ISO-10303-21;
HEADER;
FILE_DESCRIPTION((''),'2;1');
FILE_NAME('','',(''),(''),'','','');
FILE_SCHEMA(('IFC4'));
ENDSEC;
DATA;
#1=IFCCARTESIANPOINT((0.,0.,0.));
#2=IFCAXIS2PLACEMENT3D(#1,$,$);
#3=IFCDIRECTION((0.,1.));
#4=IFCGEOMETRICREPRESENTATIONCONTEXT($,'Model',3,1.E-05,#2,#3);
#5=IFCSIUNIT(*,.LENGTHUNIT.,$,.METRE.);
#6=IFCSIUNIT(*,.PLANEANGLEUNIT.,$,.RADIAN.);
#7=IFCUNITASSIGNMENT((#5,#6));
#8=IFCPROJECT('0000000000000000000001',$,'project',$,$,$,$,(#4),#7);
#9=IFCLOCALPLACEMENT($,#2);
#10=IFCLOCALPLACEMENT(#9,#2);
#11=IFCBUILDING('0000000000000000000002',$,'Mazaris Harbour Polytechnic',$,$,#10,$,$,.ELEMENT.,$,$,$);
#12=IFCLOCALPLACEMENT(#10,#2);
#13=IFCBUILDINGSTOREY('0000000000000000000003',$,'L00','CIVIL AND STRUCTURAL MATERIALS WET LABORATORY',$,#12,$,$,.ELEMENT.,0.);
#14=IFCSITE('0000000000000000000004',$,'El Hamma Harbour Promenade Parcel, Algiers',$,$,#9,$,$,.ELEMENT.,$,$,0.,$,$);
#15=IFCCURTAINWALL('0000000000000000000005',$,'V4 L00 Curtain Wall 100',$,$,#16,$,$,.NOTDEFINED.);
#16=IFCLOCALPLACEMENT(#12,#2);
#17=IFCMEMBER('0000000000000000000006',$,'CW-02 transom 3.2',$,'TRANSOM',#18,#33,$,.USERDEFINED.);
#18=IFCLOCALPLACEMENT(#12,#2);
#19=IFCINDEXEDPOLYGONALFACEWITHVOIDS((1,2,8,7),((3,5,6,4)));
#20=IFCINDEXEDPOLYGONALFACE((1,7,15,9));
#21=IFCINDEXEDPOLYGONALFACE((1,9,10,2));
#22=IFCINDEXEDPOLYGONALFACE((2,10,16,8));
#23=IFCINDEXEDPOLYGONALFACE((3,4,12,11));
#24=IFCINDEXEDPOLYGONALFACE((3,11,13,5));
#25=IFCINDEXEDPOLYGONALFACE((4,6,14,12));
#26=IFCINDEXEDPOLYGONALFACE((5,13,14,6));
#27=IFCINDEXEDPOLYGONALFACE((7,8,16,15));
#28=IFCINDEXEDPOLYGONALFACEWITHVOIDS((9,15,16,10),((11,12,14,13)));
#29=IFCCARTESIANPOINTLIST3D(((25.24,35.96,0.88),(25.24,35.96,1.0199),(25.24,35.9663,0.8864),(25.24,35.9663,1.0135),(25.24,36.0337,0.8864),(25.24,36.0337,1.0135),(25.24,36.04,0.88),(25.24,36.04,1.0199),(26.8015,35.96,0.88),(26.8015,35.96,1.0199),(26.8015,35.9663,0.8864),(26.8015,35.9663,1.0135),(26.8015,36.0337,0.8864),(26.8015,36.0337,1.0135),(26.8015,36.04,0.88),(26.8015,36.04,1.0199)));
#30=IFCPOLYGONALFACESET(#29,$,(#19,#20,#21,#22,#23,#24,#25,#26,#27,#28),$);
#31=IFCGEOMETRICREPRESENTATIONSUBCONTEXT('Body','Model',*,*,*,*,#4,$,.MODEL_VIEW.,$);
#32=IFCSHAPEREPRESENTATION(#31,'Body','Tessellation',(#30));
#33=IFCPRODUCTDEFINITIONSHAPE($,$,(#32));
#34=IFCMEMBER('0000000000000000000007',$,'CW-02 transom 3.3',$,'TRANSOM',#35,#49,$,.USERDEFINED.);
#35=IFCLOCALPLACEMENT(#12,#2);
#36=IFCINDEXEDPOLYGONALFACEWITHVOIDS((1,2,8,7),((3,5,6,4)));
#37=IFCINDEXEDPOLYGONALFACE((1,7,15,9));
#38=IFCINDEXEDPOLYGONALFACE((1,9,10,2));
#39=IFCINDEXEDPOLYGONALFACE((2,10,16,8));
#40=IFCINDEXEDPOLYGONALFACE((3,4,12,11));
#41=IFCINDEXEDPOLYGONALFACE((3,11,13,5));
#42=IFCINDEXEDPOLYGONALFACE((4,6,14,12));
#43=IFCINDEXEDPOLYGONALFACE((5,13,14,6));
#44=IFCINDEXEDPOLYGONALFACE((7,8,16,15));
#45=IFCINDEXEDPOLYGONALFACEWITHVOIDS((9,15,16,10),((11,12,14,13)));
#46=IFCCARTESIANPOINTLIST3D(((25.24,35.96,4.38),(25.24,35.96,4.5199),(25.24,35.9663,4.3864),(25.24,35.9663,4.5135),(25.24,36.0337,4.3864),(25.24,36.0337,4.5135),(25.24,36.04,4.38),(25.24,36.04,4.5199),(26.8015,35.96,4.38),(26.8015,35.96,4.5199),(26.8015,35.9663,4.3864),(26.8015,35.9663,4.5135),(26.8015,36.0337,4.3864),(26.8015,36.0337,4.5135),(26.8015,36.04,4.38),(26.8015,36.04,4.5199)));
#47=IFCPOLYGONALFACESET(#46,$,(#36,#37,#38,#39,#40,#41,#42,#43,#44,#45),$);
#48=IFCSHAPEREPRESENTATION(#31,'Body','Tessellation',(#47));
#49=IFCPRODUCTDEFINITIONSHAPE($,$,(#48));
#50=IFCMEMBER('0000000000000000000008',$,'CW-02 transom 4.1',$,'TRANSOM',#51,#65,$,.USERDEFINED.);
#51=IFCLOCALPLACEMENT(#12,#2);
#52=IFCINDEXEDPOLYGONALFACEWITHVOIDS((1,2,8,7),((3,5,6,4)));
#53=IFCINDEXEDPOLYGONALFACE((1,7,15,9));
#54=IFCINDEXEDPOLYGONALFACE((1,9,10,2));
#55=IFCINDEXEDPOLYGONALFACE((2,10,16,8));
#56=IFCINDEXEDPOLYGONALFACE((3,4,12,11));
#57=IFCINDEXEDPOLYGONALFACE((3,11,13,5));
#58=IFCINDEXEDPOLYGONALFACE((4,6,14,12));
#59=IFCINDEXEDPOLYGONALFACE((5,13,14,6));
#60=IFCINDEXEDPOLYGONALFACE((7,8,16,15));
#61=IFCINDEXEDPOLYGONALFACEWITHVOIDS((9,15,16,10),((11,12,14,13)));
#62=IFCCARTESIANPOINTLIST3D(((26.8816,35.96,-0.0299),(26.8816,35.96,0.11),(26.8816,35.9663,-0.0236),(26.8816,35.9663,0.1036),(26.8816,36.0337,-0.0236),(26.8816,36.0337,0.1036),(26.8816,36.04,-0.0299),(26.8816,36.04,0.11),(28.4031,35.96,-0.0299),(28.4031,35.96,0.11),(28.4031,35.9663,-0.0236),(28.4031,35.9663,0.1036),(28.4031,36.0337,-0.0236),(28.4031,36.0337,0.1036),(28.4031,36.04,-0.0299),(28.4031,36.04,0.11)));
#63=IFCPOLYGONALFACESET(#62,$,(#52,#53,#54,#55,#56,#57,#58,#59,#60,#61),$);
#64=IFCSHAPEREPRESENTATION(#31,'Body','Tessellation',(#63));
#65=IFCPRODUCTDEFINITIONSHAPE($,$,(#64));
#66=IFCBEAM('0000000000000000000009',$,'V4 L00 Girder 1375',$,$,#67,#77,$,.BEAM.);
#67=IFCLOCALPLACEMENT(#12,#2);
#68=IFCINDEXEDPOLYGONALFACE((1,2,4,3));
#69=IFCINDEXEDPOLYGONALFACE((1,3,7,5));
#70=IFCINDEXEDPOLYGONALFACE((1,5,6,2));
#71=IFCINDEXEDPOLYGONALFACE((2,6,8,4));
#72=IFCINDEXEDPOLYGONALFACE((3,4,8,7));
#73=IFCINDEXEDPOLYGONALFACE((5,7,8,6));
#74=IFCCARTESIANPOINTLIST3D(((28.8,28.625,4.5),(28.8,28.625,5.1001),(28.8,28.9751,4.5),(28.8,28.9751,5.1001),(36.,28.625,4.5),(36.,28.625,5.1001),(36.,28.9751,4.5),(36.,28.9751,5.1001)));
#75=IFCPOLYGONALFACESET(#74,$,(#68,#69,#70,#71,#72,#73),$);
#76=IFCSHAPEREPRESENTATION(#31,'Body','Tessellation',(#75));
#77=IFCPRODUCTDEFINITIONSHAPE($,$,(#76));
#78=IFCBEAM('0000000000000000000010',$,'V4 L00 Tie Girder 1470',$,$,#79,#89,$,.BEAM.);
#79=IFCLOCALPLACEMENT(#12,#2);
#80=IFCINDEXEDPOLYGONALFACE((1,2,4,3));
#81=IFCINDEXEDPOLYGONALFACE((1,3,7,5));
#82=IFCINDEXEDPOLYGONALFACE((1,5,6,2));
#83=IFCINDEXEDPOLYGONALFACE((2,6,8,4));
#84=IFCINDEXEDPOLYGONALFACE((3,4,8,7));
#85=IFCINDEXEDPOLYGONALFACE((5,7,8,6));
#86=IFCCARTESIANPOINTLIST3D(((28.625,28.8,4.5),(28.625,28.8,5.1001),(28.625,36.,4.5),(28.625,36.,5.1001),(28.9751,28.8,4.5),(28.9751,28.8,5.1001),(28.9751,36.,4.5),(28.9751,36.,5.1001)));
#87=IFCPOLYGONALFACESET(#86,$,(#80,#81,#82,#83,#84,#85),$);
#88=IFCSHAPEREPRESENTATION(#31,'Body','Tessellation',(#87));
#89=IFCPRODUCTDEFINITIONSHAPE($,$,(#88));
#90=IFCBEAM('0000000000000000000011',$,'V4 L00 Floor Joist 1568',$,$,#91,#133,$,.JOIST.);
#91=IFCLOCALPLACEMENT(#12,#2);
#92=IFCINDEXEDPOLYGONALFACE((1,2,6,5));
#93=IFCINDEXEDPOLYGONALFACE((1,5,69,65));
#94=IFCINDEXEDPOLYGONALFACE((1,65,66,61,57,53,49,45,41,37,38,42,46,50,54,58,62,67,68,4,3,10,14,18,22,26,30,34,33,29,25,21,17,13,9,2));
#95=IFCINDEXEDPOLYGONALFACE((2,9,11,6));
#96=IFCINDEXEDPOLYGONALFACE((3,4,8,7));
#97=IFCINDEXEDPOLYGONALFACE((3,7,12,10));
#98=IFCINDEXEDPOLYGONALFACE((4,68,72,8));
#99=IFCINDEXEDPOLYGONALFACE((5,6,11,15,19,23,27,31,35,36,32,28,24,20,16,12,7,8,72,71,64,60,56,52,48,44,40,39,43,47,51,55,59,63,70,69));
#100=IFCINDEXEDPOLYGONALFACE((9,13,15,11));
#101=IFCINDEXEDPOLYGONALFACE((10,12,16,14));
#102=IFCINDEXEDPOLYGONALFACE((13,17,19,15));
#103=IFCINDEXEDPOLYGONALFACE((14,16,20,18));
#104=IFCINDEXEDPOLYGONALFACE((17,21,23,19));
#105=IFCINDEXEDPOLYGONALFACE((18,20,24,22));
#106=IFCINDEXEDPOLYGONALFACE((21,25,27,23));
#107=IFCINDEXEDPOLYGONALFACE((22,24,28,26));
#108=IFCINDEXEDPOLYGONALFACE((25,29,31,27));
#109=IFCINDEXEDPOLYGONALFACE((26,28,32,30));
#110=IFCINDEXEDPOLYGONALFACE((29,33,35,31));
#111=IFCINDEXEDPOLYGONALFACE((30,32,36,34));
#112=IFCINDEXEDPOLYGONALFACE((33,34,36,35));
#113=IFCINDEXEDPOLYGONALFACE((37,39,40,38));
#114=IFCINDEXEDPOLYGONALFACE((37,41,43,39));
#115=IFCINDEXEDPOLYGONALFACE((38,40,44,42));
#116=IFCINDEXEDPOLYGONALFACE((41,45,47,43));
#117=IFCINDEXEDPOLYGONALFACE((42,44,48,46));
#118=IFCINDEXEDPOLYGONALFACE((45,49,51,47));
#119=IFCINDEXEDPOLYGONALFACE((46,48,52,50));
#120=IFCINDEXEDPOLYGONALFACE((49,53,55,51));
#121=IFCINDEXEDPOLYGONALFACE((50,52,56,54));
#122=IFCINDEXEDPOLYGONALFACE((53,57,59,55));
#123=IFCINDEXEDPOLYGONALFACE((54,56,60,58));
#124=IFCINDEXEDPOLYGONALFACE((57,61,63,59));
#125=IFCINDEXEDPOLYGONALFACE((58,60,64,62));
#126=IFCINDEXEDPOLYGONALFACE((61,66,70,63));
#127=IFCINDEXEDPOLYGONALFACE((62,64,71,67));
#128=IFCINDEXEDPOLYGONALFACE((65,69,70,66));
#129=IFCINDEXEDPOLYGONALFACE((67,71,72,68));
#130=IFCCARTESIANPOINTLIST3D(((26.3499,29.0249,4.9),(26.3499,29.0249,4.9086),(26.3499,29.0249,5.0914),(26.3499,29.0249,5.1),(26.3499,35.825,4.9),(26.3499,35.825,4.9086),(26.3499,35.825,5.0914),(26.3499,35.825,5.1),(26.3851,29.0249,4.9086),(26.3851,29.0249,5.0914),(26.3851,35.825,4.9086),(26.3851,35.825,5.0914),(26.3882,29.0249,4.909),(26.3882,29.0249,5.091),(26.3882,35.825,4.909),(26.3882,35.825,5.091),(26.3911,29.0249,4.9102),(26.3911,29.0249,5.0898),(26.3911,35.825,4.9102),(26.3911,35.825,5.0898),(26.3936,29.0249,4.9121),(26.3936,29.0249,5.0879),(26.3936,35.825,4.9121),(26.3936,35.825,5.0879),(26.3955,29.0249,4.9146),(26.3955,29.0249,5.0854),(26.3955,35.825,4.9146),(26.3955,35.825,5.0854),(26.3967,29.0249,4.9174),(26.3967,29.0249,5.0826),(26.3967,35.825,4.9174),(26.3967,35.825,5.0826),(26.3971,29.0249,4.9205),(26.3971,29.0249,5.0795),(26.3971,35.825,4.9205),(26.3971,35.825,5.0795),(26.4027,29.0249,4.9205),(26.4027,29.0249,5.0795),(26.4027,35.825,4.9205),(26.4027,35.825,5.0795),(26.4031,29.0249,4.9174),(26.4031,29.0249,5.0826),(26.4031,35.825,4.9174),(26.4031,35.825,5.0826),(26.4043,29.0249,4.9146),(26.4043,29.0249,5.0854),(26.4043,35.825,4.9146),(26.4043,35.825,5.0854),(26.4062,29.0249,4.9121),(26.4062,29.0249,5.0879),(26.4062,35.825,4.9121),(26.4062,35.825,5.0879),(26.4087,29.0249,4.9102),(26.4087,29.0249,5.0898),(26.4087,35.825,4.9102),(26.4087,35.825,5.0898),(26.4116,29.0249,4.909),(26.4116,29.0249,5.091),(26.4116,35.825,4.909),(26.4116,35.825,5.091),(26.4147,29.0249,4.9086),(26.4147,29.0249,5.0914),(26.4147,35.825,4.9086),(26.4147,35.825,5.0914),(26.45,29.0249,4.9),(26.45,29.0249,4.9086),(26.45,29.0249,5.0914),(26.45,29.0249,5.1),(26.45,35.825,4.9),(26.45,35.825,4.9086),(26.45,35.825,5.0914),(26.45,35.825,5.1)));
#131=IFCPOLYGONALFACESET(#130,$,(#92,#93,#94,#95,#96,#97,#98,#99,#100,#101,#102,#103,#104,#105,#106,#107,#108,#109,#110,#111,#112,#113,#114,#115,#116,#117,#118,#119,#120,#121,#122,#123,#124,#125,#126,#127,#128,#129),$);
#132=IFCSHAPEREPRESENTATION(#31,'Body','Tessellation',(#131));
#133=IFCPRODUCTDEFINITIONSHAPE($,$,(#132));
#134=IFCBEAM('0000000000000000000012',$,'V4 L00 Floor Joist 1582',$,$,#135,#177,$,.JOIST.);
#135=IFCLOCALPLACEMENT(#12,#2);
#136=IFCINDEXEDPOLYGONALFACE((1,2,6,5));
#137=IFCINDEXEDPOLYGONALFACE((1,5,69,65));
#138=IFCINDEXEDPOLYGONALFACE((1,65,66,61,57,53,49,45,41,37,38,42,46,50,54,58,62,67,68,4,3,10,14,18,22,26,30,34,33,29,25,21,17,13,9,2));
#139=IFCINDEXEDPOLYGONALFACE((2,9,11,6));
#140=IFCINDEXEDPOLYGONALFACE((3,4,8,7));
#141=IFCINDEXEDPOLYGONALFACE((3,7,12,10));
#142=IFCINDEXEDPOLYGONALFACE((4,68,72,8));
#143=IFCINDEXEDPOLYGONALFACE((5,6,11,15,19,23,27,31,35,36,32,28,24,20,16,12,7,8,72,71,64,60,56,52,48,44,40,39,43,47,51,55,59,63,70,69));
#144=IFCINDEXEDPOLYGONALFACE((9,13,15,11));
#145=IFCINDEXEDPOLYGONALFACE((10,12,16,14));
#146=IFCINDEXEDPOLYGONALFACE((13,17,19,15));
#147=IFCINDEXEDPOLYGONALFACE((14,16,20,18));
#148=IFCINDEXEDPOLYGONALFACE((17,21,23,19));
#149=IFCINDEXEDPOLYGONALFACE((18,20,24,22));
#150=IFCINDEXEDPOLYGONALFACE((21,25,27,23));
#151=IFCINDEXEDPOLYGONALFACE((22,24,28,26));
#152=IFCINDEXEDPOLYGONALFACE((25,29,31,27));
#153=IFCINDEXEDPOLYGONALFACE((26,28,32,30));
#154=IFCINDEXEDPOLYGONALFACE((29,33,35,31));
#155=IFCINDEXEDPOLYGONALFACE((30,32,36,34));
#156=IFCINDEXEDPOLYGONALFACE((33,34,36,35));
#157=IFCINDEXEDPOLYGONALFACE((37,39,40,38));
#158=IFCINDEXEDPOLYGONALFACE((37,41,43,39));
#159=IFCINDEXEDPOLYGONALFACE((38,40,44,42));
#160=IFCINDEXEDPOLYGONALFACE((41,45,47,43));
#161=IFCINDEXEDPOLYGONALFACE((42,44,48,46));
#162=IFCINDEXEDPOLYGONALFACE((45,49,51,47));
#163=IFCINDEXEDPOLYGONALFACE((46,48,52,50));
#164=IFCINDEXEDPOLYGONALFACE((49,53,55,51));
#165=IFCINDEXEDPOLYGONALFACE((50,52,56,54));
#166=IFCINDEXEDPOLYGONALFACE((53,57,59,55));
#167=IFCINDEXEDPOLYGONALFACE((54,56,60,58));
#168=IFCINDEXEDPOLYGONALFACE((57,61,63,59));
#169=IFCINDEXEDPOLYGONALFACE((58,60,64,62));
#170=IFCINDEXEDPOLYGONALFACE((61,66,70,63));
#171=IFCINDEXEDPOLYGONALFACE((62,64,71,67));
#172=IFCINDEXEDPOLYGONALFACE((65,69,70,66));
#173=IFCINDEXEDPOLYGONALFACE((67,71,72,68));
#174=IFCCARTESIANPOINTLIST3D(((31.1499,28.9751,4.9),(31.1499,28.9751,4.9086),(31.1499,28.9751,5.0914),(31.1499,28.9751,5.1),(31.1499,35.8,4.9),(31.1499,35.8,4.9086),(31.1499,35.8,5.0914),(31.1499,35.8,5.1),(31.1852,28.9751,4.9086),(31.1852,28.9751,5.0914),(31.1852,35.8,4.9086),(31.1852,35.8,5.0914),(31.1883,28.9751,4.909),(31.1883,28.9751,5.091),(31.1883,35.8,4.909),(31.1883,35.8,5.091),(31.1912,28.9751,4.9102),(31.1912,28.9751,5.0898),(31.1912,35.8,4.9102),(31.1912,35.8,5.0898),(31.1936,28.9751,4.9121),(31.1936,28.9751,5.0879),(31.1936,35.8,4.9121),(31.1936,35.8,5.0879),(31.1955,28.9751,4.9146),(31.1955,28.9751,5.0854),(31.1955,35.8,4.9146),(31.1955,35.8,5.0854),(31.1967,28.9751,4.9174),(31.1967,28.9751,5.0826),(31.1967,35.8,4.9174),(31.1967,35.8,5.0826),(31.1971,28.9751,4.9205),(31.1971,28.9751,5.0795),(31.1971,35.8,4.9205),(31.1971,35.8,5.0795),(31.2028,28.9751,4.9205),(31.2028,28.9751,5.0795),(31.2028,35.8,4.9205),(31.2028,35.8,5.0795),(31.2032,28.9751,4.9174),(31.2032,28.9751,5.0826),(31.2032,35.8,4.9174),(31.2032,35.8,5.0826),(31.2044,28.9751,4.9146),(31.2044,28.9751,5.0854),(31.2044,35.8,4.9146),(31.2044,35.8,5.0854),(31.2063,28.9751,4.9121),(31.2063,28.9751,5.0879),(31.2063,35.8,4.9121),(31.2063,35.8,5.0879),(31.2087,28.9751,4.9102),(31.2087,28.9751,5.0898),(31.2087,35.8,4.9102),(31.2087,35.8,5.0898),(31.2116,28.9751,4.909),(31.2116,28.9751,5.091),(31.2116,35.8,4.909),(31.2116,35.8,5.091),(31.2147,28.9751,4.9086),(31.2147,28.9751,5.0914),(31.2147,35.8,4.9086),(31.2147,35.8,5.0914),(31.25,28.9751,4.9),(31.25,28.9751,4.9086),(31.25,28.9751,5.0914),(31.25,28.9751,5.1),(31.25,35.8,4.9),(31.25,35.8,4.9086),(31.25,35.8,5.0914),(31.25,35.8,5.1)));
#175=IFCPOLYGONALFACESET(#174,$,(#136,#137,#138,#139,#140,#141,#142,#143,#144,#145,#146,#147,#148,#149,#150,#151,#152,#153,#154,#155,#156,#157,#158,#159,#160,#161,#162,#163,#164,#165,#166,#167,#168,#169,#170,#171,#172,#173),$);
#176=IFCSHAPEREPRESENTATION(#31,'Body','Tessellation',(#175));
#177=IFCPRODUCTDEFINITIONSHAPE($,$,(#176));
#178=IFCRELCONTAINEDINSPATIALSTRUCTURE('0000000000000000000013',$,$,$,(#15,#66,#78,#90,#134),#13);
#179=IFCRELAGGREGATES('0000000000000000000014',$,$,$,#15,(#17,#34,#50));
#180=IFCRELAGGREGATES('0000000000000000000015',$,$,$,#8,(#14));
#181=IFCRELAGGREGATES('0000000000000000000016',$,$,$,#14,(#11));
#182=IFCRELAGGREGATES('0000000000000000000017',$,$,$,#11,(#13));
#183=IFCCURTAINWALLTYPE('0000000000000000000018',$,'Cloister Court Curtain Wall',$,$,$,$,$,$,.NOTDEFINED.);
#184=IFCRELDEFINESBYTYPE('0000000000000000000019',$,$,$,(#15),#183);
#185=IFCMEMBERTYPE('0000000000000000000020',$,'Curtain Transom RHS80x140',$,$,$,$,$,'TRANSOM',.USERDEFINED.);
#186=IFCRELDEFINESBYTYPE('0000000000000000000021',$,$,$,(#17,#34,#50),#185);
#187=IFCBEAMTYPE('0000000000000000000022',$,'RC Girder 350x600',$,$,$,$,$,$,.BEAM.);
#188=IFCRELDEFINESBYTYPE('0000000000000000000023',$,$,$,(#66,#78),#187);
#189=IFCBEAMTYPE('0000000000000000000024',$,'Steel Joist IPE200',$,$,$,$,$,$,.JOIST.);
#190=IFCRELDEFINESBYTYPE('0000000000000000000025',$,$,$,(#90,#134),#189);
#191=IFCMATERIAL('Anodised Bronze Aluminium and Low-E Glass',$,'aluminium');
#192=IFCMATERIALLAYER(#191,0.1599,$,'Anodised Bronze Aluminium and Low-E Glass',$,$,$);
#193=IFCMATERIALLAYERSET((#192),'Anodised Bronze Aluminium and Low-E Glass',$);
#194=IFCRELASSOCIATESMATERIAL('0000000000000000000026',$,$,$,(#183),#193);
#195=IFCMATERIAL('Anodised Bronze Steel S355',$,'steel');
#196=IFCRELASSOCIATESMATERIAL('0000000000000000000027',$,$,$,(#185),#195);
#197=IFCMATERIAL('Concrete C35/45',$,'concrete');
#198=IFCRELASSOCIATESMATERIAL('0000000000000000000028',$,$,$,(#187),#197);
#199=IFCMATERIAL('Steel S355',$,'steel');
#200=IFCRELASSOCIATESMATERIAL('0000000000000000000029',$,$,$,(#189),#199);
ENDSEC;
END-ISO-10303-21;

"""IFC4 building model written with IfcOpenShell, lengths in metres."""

from ifc_helpers import new_model, si_unit, direction, frame, origin, origin_2d, place, context, subcontext, project, spatial, rectangle, hollow_rectangle, i_section, extrude, material, layer, layer_set, material_profile, profile_set, type_object, element, aggregate, save


model = new_model("IFC4")

# Units and contexts
model_context = context("Model", 3, precision=1e-05, world=origin(), true_north=direction((0.0, 1.0)))
body_context = subcontext(model_context, "Body", "Model", "MODEL_VIEW")
ifc_project = project(units=[si_unit("LENGTHUNIT", "METRE"), si_unit("PLANEANGLEUNIT", "RADIAN")], contexts=[model_context])

# Site, building, storey
site_placement = place(None, origin())
site = spatial("IfcSite", under=ifc_project, at=site_placement, Name="El Hamma Harbour Promenade Parcel, Algiers", CompositionType="ELEMENT", RefElevation=0.0)
building_placement = place(site_placement, origin())
building = spatial("IfcBuilding", under=site, at=building_placement, Name="Mazaris Harbour Polytechnic", CompositionType="ELEMENT")
storey_placement = place(building_placement, origin())
storey = spatial("IfcBuildingStorey", under=building, at=storey_placement, Name="L00", Description="CIVIL AND STRUCTURAL MATERIALS WET LABORATORY", CompositionType="ELEMENT", Elevation=0.0)

# Curtain wall, members
ifc_material_1 = material(Name="Anodised Bronze Aluminium and Low-E Glass", Category="aluminium")
ifc_layer_1 = layer(ifc_material_1, 0.1599, Name="Anodised Bronze Aluminium and Low-E Glass")
ifc_layer_set_1 = layer_set([ifc_layer_1], Name="Anodised Bronze Aluminium and Low-E Glass")
curtain_wall_type = type_object("IfcCurtainWallType", Name="Cloister Court Curtain Wall", PredefinedType="NOTDEFINED", material=ifc_layer_set_1)
curtain_wall_placement = place(storey_placement, origin())
curtain_wall = element("IfcCurtainWall", 1, at=curtain_wall_placement, inside=storey, type_object=curtain_wall_type, Name="V4 L00 Curtain Wall 100", PredefinedType="NOTDEFINED")
ifc_material_2 = material(Name="Anodised Bronze Steel S355", Category="steel")
ifc_material_profile_1 = material_profile(ifc_material_2, hollow_rectangle(XDim=0.0801, YDim=0.1399, WallThickness=0.0063, at=origin_2d()), Name="RHS 80x140x6.3")
ifc_profile_set_1 = profile_set([ifc_material_profile_1], Name="Anodised Bronze Steel S355")
member_type_1 = type_object("IfcMemberType", Name="Curtain Transom RHS80x140", ElementType="TRANSOM", PredefinedType="USERDEFINED", material=ifc_profile_set_1)
member_1_placement = place(storey_placement, frame((25.24, 36.0, 0.95), z_axis=(1.0, 0.0, 0.0), x_axis=(0.0, 1.0, 0.0)))
member_1 = element("IfcMember", 2, at=member_1_placement, type_object=member_type_1, Name="CW-02 transom 3.2", ObjectType="TRANSOM", PredefinedType="USERDEFINED", context=body_context, shape_type="SweptSolid", body=[
    extrude(hollow_rectangle(XDim=0.0801, YDim=0.1399, WallThickness=0.0063, at=origin_2d()), origin(), (0.0, 0.0, 1.0), 1.5615),
])
member_2_placement = place(storey_placement, frame((25.24, 36.0, 4.45), z_axis=(1.0, 0.0, 0.0), x_axis=(0.0, 1.0, 0.0)))
member_2 = element("IfcMember", 3, at=member_2_placement, type_object=member_type_1, Name="CW-02 transom 3.3", ObjectType="TRANSOM", PredefinedType="USERDEFINED", context=body_context, shape_type="SweptSolid", body=[
    extrude(hollow_rectangle(XDim=0.0801, YDim=0.1399, WallThickness=0.0063, at=origin_2d()), origin(), (0.0, 0.0, 1.0), 1.5615),
])
member_3_placement = place(storey_placement, frame((26.8816, 36.0, 0.04), z_axis=(1.0, 0.0, 0.0), x_axis=(0.0, 1.0, 0.0)))
member_3 = element("IfcMember", 4, at=member_3_placement, type_object=member_type_1, Name="CW-02 transom 4.1", ObjectType="TRANSOM", PredefinedType="USERDEFINED", context=body_context, shape_type="SweptSolid", body=[
    extrude(hollow_rectangle(XDim=0.0801, YDim=0.1399, WallThickness=0.0063, at=origin_2d()), origin(), (0.0, 0.0, 1.0), 1.5215),
])

# Beams
ifc_material_3 = material(Name="Concrete C35/45", Category="concrete")
ifc_material_profile_2 = material_profile(ifc_material_3, rectangle(XDim=0.3501, YDim=0.6001, at=origin_2d()), Name="RECT350x600")
ifc_profile_set_2 = profile_set([ifc_material_profile_2], Name="Concrete C35/45")
beam_type_1 = type_object("IfcBeamType", Name="RC Girder 350x600", PredefinedType="BEAM", material=ifc_profile_set_2)
for number, where, z_axis, x_axis, name in (
    (5, (28.8, 28.8, 4.8), (1.0, 0.0, 0.0), (0.0, 1.0, 0.0), "V4 L00 Girder 1375"),
    (6, (28.8, 28.8, 4.8), (0.0, 1.0, 0.0), (-1.0, 0.0, 0.0), "V4 L00 Tie Girder 1470"),
):
    element("IfcBeam", number, at=place(storey_placement, frame(where, z_axis=z_axis, x_axis=x_axis)), inside=storey, type_object=beam_type_1, Name=name, PredefinedType="BEAM", context=body_context, shape_type="SweptSolid", body=[
        extrude(rectangle(XDim=0.3501, YDim=0.6001, at=origin_2d()), origin(), (0.0, 0.0, 1.0), 7.2),
    ])
ifc_material_4 = material(Name="Steel S355", Category="steel")
ifc_material_profile_3 = material_profile(ifc_material_4, i_section(OverallWidth=0.1001, OverallDepth=0.2, WebThickness=0.0056, FlangeThickness=0.0085, FilletRadius=0.012, at=origin_2d()), Name="IPE 200")
ifc_profile_set_3 = profile_set([ifc_material_profile_3], Name="Steel S355")
beam_type_2 = type_object("IfcBeamType", Name="Steel Joist IPE200", PredefinedType="JOIST", material=ifc_profile_set_3)
beam_1_placement = place(storey_placement, frame((26.3999, 29.0249, 5.0), z_axis=(0.0, 1.0, 0.0), x_axis=(-1.0, 0.0, 0.0)))
element("IfcBeam", 7, at=beam_1_placement, inside=storey, type_object=beam_type_2, Name="V4 L00 Floor Joist 1568", PredefinedType="JOIST", context=body_context, shape_type="SweptSolid", body=[
    extrude(i_section(OverallWidth=0.1001, OverallDepth=0.2, WebThickness=0.0056, FlangeThickness=0.0085, FilletRadius=0.012, at=origin_2d()), origin(), (0.0, 0.0, 1.0), 6.8),
])
beam_2_placement = place(storey_placement, frame((31.2, 28.9751, 5.0), z_axis=(0.0, 1.0, 0.0), x_axis=(-1.0, 0.0, 0.0)))
element("IfcBeam", 8, at=beam_2_placement, inside=storey, type_object=beam_type_2, Name="V4 L00 Floor Joist 1582", PredefinedType="JOIST", context=body_context, shape_type="SweptSolid", body=[
    extrude(i_section(OverallWidth=0.1001, OverallDepth=0.2, WebThickness=0.0056, FlangeThickness=0.0085, FilletRadius=0.012, at=origin_2d()), origin(), (0.0, 0.0, 1.0), 6.825),
])

aggregate(curtain_wall, [member_1, member_2, member_3])

save(model, "model.ifc")
